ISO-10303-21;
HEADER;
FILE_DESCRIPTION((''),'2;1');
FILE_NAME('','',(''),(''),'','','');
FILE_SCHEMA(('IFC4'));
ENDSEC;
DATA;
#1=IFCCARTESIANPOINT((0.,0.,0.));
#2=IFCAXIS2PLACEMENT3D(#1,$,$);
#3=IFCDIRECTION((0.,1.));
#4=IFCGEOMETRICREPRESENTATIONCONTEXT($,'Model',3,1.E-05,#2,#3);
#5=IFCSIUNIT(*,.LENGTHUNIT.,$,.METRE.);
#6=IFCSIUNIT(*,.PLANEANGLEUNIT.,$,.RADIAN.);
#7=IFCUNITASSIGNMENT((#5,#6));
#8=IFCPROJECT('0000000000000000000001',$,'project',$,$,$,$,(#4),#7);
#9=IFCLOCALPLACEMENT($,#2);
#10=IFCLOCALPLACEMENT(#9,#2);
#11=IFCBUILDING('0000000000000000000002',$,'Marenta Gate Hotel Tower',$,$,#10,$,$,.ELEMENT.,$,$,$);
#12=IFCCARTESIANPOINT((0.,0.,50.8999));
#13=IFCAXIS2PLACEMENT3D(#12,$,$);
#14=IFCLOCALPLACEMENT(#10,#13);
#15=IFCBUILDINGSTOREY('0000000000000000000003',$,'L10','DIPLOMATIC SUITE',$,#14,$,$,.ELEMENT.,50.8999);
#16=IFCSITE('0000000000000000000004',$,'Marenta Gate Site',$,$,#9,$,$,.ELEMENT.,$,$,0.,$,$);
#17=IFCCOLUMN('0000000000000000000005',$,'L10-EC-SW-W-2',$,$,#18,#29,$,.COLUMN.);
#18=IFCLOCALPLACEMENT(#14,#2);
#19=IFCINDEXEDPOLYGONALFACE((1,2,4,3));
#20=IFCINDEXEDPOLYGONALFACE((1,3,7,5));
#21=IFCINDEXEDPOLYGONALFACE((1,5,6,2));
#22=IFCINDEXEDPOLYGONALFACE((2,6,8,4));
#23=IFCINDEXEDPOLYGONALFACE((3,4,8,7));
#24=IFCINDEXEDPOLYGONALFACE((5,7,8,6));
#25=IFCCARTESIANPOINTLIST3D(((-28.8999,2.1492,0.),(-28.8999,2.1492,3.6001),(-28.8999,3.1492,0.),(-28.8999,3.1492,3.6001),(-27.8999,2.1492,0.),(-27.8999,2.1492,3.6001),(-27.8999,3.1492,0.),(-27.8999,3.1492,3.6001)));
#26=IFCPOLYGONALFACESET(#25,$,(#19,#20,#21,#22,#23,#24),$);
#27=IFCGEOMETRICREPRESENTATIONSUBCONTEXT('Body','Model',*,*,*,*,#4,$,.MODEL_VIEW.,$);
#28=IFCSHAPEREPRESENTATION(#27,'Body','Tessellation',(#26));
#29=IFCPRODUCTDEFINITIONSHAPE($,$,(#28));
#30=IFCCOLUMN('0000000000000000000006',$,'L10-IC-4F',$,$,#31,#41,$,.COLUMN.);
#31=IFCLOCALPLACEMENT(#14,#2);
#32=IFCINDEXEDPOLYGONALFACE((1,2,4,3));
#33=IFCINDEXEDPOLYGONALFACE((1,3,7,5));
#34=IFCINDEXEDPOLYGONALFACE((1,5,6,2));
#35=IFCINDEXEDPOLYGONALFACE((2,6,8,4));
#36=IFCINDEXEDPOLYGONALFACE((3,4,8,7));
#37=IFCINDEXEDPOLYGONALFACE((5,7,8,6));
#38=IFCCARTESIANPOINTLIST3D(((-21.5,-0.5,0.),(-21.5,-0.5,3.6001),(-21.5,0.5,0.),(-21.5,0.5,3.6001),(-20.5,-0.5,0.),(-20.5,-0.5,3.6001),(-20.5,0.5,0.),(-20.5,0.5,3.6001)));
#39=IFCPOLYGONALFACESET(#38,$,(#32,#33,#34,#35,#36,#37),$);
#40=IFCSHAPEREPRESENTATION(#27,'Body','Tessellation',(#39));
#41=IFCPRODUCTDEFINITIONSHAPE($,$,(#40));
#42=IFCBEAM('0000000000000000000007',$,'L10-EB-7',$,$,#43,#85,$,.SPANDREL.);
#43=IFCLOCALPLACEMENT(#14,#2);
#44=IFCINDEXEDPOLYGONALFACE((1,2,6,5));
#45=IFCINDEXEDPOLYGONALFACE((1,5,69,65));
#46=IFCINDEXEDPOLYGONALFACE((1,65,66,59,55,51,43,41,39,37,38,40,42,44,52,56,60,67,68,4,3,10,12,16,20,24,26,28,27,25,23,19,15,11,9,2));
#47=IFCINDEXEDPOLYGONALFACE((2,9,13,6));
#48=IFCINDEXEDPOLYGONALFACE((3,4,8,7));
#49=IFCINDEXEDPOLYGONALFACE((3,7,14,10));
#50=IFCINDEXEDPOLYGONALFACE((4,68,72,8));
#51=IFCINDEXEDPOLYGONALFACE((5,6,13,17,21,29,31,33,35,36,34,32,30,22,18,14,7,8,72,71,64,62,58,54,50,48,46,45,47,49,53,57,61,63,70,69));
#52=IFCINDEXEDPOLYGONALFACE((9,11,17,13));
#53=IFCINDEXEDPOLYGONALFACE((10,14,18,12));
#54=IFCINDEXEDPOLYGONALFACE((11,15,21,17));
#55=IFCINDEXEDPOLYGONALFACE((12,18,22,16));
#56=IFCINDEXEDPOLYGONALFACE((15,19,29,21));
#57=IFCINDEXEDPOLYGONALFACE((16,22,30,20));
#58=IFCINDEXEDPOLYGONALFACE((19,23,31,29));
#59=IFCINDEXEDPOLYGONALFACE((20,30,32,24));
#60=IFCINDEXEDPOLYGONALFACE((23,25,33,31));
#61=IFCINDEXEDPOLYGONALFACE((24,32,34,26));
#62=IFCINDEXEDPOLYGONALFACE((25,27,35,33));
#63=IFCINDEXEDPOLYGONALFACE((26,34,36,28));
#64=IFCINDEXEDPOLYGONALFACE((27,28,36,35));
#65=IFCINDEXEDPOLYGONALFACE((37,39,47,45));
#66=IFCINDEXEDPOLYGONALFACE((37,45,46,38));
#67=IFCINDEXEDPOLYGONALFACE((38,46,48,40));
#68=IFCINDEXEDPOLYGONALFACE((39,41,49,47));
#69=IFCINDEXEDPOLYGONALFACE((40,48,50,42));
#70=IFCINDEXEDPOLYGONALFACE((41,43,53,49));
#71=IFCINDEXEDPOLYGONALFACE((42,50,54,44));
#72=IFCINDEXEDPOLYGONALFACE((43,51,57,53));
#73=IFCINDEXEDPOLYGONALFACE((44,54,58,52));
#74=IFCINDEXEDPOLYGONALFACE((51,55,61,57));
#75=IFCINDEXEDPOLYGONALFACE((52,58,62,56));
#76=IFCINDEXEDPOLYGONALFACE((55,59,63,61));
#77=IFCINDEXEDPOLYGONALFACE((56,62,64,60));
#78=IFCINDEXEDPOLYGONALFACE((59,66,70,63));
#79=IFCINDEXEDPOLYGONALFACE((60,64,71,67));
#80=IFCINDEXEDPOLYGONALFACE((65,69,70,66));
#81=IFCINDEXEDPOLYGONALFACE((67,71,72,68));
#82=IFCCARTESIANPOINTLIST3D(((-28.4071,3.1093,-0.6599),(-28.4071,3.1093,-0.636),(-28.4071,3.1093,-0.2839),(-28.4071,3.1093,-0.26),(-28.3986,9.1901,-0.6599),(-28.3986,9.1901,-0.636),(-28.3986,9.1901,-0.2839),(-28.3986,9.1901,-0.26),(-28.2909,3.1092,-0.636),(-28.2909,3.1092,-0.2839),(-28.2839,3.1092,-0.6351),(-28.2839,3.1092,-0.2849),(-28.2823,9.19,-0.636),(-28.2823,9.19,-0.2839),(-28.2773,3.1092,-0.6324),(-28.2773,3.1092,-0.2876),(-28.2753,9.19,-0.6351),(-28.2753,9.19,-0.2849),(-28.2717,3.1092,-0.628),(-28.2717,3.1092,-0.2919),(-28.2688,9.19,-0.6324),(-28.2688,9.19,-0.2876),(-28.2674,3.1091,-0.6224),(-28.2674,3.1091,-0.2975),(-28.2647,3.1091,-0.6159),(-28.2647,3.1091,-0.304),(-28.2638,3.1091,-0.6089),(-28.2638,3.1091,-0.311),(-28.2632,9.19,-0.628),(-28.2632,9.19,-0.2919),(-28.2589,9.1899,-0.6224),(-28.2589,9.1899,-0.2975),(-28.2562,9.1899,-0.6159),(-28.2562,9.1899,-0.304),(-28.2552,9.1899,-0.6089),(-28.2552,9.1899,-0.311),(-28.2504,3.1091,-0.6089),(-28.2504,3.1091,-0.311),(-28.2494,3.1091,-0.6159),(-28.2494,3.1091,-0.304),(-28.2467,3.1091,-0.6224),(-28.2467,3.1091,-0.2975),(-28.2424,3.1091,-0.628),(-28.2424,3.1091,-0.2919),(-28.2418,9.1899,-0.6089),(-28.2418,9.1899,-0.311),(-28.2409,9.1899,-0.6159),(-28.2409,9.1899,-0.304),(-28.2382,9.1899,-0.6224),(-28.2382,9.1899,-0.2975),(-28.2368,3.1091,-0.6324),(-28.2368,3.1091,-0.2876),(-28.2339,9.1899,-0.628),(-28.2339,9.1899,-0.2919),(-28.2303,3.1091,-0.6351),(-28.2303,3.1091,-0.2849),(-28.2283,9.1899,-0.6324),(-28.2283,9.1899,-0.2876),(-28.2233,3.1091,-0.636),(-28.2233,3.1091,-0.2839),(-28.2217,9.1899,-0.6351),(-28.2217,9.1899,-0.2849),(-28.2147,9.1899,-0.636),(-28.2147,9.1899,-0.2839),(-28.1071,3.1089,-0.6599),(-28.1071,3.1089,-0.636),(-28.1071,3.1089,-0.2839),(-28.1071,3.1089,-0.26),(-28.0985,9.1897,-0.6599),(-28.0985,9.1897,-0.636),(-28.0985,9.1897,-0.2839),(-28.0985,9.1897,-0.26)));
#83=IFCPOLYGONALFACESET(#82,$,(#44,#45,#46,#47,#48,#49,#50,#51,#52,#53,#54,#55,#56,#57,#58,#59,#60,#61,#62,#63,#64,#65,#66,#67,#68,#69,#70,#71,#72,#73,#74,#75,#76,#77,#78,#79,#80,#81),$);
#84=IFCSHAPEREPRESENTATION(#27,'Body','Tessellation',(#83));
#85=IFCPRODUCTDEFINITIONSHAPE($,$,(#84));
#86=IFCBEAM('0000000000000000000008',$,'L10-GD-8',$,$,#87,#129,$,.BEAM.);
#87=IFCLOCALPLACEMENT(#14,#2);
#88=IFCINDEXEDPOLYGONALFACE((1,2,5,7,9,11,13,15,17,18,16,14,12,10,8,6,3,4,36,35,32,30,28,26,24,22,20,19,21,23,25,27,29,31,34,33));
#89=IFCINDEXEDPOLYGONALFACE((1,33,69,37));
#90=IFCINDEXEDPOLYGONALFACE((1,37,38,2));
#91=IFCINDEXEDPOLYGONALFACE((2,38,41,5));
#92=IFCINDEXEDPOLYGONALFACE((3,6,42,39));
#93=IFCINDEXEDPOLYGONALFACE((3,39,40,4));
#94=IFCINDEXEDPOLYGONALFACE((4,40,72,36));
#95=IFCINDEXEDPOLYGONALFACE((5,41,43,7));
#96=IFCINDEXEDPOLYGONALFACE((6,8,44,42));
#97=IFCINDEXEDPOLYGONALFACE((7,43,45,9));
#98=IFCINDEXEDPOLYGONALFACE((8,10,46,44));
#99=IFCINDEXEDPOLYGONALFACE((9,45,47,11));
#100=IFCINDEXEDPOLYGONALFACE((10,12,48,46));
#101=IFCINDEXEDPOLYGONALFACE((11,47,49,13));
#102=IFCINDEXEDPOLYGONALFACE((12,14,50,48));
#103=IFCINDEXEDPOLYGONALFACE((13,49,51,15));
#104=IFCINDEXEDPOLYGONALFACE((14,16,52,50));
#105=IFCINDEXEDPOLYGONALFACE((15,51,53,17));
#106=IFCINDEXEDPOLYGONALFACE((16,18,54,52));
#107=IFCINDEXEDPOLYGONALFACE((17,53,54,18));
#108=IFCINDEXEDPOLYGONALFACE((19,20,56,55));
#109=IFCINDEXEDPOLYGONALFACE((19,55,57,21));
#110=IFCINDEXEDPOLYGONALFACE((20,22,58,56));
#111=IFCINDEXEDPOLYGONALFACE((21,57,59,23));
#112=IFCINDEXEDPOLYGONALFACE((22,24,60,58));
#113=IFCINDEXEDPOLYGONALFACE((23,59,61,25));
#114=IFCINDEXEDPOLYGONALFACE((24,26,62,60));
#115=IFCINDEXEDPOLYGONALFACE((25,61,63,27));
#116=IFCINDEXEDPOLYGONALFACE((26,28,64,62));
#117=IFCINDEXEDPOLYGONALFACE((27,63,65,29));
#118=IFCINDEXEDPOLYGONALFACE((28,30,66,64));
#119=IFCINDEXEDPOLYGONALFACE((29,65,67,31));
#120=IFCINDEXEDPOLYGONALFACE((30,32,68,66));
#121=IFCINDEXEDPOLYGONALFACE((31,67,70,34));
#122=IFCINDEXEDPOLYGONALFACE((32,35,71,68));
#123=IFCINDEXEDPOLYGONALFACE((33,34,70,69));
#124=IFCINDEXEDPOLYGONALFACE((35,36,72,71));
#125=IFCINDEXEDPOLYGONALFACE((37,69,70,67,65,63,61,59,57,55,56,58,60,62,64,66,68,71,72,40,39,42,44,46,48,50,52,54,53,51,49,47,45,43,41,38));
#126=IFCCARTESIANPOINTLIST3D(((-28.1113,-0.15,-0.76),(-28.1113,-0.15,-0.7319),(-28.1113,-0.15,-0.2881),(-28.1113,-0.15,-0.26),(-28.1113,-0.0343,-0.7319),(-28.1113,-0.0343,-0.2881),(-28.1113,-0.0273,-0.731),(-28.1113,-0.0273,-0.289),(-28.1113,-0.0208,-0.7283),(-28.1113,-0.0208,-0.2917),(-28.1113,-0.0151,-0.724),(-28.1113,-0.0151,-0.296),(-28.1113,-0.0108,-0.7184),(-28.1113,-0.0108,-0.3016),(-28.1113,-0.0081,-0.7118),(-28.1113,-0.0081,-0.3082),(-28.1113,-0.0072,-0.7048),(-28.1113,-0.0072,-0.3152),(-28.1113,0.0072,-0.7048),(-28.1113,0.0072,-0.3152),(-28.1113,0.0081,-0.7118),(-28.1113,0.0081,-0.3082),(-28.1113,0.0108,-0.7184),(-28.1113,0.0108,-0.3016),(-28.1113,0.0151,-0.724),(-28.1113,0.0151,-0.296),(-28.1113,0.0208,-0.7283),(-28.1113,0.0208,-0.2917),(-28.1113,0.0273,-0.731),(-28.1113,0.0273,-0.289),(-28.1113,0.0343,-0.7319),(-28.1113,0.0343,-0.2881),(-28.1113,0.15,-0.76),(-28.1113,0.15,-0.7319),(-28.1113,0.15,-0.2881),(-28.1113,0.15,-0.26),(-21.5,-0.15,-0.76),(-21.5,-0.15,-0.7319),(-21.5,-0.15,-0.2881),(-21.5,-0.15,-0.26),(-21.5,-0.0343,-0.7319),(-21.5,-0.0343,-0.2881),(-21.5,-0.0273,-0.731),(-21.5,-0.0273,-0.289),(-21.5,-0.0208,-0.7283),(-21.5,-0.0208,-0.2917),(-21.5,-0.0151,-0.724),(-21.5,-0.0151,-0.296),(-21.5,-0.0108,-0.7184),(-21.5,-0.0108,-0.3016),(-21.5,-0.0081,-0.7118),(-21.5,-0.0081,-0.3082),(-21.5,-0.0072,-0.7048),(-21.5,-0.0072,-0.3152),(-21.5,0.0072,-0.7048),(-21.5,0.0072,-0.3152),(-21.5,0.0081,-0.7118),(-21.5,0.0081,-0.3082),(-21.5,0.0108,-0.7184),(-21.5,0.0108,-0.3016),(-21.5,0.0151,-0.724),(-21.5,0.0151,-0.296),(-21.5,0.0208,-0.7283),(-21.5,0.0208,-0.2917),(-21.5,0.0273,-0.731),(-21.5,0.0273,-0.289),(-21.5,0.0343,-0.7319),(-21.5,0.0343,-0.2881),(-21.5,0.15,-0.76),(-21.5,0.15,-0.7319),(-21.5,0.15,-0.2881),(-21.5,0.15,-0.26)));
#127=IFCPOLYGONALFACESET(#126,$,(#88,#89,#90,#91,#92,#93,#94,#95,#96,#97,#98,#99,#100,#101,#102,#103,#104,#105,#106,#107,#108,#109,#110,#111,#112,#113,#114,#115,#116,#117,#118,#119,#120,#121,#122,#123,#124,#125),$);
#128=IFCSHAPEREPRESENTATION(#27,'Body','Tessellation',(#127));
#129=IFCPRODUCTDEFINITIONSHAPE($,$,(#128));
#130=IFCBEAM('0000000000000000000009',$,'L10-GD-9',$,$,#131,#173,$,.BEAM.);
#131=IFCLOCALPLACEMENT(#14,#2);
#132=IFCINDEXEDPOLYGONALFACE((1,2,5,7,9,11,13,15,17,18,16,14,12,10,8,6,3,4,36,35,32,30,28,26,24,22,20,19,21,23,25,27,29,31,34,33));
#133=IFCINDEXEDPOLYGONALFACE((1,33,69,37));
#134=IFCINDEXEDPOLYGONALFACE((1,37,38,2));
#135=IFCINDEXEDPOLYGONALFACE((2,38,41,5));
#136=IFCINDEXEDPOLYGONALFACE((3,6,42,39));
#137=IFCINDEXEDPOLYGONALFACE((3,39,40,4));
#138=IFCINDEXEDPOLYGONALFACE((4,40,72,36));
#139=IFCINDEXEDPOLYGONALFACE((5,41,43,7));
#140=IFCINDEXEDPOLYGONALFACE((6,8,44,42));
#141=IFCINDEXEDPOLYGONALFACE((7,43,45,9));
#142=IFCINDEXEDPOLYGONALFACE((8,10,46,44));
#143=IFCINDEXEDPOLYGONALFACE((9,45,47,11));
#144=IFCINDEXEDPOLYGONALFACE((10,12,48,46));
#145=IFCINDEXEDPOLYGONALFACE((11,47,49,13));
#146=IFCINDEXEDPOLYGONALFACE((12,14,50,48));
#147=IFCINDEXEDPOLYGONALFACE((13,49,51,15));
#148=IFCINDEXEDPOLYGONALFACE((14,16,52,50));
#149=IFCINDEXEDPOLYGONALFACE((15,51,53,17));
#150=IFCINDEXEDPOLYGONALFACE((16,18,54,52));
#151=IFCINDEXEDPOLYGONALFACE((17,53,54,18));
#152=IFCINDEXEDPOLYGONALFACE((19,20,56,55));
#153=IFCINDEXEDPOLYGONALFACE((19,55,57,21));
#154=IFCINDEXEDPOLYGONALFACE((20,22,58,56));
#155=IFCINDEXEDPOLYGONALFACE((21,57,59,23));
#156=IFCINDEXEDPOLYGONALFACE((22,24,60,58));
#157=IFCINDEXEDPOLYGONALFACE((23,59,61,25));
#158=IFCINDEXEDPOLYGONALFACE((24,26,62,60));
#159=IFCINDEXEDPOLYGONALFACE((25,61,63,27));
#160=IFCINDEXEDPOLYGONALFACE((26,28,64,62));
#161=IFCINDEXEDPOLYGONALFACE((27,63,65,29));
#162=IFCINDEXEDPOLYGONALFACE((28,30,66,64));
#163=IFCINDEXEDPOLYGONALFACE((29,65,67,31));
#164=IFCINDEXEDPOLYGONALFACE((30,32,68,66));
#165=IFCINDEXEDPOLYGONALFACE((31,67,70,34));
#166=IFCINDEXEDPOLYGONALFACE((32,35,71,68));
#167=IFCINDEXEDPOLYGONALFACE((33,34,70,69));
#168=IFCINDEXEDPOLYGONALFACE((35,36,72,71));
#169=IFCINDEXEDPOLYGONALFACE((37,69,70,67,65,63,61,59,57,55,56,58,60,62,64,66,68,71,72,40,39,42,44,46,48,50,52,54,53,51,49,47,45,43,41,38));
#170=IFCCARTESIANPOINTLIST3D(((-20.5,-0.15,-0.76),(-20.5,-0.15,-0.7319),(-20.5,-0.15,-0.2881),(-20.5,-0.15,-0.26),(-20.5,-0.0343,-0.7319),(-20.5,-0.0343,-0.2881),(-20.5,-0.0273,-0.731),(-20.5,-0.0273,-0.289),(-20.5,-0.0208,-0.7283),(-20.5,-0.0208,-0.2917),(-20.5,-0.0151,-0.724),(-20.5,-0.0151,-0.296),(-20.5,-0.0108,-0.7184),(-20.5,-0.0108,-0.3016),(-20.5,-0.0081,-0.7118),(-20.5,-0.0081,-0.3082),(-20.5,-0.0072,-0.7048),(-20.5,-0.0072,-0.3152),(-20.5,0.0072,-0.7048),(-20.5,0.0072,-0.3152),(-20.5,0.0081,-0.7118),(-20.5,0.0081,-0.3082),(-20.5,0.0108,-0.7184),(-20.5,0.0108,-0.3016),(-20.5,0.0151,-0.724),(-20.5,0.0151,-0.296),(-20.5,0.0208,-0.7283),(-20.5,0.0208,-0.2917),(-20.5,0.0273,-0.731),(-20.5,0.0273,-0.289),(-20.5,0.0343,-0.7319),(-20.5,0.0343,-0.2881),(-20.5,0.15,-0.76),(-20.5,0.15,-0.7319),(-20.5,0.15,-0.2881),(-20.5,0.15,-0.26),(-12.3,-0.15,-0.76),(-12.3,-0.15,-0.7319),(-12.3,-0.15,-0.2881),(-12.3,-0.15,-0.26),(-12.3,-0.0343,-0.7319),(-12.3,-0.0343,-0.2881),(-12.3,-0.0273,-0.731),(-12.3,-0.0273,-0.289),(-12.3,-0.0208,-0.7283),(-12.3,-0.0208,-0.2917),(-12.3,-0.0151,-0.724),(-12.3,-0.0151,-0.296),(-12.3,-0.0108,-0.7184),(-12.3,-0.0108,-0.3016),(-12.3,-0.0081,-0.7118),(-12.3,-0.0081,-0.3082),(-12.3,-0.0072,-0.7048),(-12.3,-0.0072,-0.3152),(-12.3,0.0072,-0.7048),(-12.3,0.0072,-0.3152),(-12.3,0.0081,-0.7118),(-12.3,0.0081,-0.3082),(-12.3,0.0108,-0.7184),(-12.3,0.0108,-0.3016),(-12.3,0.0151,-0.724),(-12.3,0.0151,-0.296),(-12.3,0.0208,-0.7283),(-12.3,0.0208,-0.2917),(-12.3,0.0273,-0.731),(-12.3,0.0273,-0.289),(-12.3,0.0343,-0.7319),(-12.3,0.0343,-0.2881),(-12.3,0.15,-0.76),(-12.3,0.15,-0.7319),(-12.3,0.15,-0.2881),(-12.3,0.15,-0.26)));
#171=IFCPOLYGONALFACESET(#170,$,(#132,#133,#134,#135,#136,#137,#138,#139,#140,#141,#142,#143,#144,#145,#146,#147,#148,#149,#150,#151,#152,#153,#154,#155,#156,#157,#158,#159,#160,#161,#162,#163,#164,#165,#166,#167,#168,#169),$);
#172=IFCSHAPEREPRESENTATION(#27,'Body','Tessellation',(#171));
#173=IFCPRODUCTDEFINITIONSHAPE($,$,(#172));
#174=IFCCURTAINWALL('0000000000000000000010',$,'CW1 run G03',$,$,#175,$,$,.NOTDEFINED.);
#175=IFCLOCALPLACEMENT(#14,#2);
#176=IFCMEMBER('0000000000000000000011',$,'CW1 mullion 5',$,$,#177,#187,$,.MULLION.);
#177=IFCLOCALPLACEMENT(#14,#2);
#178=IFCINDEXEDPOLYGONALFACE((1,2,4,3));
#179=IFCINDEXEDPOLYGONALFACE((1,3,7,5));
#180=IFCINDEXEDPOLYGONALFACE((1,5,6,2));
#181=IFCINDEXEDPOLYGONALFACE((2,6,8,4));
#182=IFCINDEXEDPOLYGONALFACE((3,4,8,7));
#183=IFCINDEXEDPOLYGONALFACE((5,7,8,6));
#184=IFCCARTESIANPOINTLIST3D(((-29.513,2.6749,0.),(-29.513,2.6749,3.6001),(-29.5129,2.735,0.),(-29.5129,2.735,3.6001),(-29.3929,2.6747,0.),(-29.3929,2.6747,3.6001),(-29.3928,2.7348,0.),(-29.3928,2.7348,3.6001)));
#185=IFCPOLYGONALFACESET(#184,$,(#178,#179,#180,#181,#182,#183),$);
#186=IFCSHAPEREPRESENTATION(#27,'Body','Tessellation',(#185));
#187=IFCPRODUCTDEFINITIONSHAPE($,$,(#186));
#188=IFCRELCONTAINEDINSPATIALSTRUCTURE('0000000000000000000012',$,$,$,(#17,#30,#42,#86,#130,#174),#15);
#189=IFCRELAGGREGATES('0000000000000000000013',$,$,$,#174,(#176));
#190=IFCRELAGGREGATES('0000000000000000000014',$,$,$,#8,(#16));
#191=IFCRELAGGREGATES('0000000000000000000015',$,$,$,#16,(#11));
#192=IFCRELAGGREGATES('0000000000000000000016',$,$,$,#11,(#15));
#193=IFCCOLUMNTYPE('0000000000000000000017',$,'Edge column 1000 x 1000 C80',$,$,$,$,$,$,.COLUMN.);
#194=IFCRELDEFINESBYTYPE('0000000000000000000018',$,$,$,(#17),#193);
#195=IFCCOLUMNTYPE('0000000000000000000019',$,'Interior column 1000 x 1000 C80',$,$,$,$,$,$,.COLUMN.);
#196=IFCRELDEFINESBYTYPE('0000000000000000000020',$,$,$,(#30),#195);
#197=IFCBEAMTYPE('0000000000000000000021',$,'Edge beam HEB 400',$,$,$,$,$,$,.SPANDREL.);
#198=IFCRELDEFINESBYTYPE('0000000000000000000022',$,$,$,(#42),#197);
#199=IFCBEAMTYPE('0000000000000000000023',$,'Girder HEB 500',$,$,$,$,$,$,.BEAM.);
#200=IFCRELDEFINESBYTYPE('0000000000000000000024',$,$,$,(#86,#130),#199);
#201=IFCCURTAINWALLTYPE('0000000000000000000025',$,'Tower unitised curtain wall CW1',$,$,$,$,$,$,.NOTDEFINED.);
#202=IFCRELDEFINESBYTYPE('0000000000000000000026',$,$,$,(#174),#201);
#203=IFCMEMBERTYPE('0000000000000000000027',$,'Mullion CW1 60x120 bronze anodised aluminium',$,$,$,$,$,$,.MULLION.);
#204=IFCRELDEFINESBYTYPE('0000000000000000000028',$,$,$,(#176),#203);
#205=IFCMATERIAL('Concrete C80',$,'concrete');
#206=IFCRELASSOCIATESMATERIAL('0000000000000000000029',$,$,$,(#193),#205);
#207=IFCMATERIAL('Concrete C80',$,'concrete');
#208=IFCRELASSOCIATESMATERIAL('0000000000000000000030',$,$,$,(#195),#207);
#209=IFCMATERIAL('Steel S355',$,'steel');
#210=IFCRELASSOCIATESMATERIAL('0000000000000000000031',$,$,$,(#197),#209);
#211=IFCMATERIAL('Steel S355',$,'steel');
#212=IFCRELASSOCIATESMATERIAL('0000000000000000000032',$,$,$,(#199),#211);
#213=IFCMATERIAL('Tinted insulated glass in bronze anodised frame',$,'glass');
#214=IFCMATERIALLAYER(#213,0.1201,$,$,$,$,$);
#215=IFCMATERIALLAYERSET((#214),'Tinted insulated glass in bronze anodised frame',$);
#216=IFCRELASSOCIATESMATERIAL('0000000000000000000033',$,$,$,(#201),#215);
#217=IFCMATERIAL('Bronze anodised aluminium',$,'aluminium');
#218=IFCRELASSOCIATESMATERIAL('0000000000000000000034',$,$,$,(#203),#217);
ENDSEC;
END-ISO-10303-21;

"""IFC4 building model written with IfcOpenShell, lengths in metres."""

from ifc_helpers import new_model, si_unit, direction, frame, origin, origin_2d, place, context, subcontext, project, spatial, rectangle, i_section, extrude, material, layer, layer_set, material_profile, profile_set, type_object, element, aggregate, save


model = new_model("IFC4")

# Units and contexts
model_context = context("Model", 3, precision=1e-05, world=origin(), true_north=direction((0.0, 1.0)))
body_context = subcontext(model_context, "Body", "Model", "MODEL_VIEW")
ifc_project = project(units=[si_unit("LENGTHUNIT", "METRE"), si_unit("PLANEANGLEUNIT", "RADIAN")], contexts=[model_context])

# Site, building, storey
site_placement = place(None, origin())
site = spatial("IfcSite", under=ifc_project, at=site_placement, Name="Marenta Gate Site", CompositionType="ELEMENT", RefElevation=0.0)
building_placement = place(site_placement, origin())
building = spatial("IfcBuilding", under=site, at=building_placement, Name="Marenta Gate Hotel Tower", CompositionType="ELEMENT")
storey_placement = place(building_placement, frame((0.0, 0.0, 50.8999)))
storey = spatial("IfcBuildingStorey", under=building, at=storey_placement, Name="L10", Description="DIPLOMATIC SUITE", CompositionType="ELEMENT", Elevation=50.8999)

# Columns
ifc_material_1 = material(Name="Concrete C80", Category="concrete")
ifc_material_profile_1 = material_profile(ifc_material_1, rectangle(XDim=1.0, YDim=1.0, at=origin_2d()), Name="1000 x 1000")
ifc_profile_set_1 = profile_set([ifc_material_profile_1], Name="Concrete C80")
column_type_1 = type_object("IfcColumnType", Name="Edge column 1000 x 1000 C80", PredefinedType="COLUMN", material=ifc_profile_set_1)
column_1_placement = place(storey_placement, frame((-28.3999, 2.6492, 0.0), z_axis=(0.0, 0.0, 1.0), x_axis=(1.0, 0.0, 0.0)))
element("IfcColumn", 1, at=column_1_placement, inside=storey, type_object=column_type_1, Name="L10-EC-SW-W-2", PredefinedType="COLUMN", context=body_context, shape_type="SweptSolid", body=[
    extrude(rectangle(XDim=1.0, YDim=1.0, at=origin_2d()), origin(), (0.0, 0.0, 1.0), 3.6001),
])
ifc_material_2 = material(Name="Concrete C80", Category="concrete")
ifc_material_profile_2 = material_profile(ifc_material_2, rectangle(XDim=1.0, YDim=1.0, at=origin_2d()), Name="1000 x 1000")
ifc_profile_set_2 = profile_set([ifc_material_profile_2], Name="Concrete C80")
column_type_2 = type_object("IfcColumnType", Name="Interior column 1000 x 1000 C80", PredefinedType="COLUMN", material=ifc_profile_set_2)
column_2_placement = place(storey_placement, frame((-21.0, 0.0, 0.0), z_axis=(0.0, 0.0, 1.0), x_axis=(1.0, 0.0, 0.0)))
element("IfcColumn", 2, at=column_2_placement, inside=storey, type_object=column_type_2, Name="L10-IC-4F", PredefinedType="COLUMN", context=body_context, shape_type="SweptSolid", body=[
    extrude(rectangle(XDim=1.0, YDim=1.0, at=origin_2d()), origin(), (0.0, 0.0, 1.0), 3.6001),
])

# Beams
ifc_material_3 = material(Name="Steel S355", Category="steel")
ifc_material_profile_3 = material_profile(ifc_material_3, i_section(OverallWidth=0.3, OverallDepth=0.3999, WebThickness=0.0134, FlangeThickness=0.0239, FilletRadius=0.0271, at=origin_2d()), Name="HEB 400")
ifc_profile_set_3 = profile_set([ifc_material_profile_3], Name="Steel S355")
beam_type_1 = type_object("IfcBeamType", Name="Edge beam HEB 400", PredefinedType="SPANDREL", material=ifc_profile_set_3)
beam_1_placement = place(storey_placement, frame((-28.2571, 3.1091, -0.46), z_axis=(0.001405, 0.999999, 0.0), x_axis=(-0.999999, 0.001405, 0.0)))
element("IfcBeam", 3, at=beam_1_placement, inside=storey, type_object=beam_type_1, Name="L10-EB-7", PredefinedType="SPANDREL", context=body_context, shape_type="SweptSolid", body=[
    extrude(i_section(OverallWidth=0.3, OverallDepth=0.3999, WebThickness=0.0134, FlangeThickness=0.0239, FilletRadius=0.0271, at=origin_2d()), origin(), (0.0, 0.0, 1.0), 6.0808),
])
ifc_material_4 = material(Name="Steel S355", Category="steel")
ifc_material_profile_4 = material_profile(ifc_material_4, i_section(OverallWidth=0.3, OverallDepth=0.5, WebThickness=0.0144, FlangeThickness=0.0281, FilletRadius=0.0271, at=origin_2d()), Name="HEB 500")
ifc_profile_set_4 = profile_set([ifc_material_profile_4], Name="Steel S355")
beam_type_2 = type_object("IfcBeamType", Name="Girder HEB 500", PredefinedType="BEAM", material=ifc_profile_set_4)
beam_2_placement = place(storey_placement, frame((-28.1113, 0.0, -0.51), z_axis=(1.0, 0.0, 0.0), x_axis=(0.0, 1.0, 0.0)))
element("IfcBeam", 4, at=beam_2_placement, inside=storey, type_object=beam_type_2, Name="L10-GD-8", PredefinedType="BEAM", context=body_context, shape_type="SweptSolid", body=[
    extrude(i_section(OverallWidth=0.3, OverallDepth=0.5, WebThickness=0.0144, FlangeThickness=0.0281, FilletRadius=0.0271, at=origin_2d()), origin(), (0.0, 0.0, 1.0), 6.6113),
])
beam_3_placement = place(storey_placement, frame((-20.5, 0.0, -0.51), z_axis=(1.0, 0.0, 0.0), x_axis=(0.0, 1.0, 0.0)))
element("IfcBeam", 5, at=beam_3_placement, inside=storey, type_object=beam_type_2, Name="L10-GD-9", PredefinedType="BEAM", context=body_context, shape_type="SweptSolid", body=[
    extrude(i_section(OverallWidth=0.3, OverallDepth=0.5, WebThickness=0.0144, FlangeThickness=0.0281, FilletRadius=0.0271, at=origin_2d()), origin(), (0.0, 0.0, 1.0), 8.2),
])

# Curtain wall, member
ifc_material_5 = material(Name="Tinted insulated glass in bronze anodised frame", Category="glass")
ifc_layer_1 = layer(ifc_material_5, 0.1201)
ifc_layer_set_1 = layer_set([ifc_layer_1], Name="Tinted insulated glass in bronze anodised frame")
curtain_wall_type = type_object("IfcCurtainWallType", Name="Tower unitised curtain wall CW1", PredefinedType="NOTDEFINED", material=ifc_layer_set_1)
curtain_wall_placement = place(storey_placement, origin())
curtain_wall = element("IfcCurtainWall", 6, at=curtain_wall_placement, inside=storey, type_object=curtain_wall_type, Name="CW1 run G03", PredefinedType="NOTDEFINED")
ifc_material_6 = material(Name="Bronze anodised aluminium", Category="aluminium")
ifc_material_profile_5 = material_profile(ifc_material_6, rectangle(XDim=0.1201, YDim=0.0601, at=origin_2d()), Name="Mullion CW1 60x120 bronze anodised aluminium")
ifc_profile_set_5 = profile_set([ifc_material_profile_5], Name="Bronze anodised aluminium")
member_type_1 = type_object("IfcMemberType", Name="Mullion CW1 60x120 bronze anodised aluminium", PredefinedType="MULLION", material=ifc_profile_set_5)
member_1_placement = place(storey_placement, frame((-29.4529, 2.7048, 0.0), z_axis=(0.0, 0.0, 1.0), x_axis=(0.999999, -0.001566, 0.0)))
member_1 = element("IfcMember", 7, at=member_1_placement, type_object=member_type_1, Name="CW1 mullion 5", PredefinedType="MULLION", context=body_context, shape_type="SweptSolid", body=[
    extrude(rectangle(XDim=0.1201, YDim=0.0601, at=origin_2d()), origin(), (0.0, 0.0, 1.0), 3.6001),
])
aggregate(curtain_wall, [member_1])

save(model, "model.ifc")
